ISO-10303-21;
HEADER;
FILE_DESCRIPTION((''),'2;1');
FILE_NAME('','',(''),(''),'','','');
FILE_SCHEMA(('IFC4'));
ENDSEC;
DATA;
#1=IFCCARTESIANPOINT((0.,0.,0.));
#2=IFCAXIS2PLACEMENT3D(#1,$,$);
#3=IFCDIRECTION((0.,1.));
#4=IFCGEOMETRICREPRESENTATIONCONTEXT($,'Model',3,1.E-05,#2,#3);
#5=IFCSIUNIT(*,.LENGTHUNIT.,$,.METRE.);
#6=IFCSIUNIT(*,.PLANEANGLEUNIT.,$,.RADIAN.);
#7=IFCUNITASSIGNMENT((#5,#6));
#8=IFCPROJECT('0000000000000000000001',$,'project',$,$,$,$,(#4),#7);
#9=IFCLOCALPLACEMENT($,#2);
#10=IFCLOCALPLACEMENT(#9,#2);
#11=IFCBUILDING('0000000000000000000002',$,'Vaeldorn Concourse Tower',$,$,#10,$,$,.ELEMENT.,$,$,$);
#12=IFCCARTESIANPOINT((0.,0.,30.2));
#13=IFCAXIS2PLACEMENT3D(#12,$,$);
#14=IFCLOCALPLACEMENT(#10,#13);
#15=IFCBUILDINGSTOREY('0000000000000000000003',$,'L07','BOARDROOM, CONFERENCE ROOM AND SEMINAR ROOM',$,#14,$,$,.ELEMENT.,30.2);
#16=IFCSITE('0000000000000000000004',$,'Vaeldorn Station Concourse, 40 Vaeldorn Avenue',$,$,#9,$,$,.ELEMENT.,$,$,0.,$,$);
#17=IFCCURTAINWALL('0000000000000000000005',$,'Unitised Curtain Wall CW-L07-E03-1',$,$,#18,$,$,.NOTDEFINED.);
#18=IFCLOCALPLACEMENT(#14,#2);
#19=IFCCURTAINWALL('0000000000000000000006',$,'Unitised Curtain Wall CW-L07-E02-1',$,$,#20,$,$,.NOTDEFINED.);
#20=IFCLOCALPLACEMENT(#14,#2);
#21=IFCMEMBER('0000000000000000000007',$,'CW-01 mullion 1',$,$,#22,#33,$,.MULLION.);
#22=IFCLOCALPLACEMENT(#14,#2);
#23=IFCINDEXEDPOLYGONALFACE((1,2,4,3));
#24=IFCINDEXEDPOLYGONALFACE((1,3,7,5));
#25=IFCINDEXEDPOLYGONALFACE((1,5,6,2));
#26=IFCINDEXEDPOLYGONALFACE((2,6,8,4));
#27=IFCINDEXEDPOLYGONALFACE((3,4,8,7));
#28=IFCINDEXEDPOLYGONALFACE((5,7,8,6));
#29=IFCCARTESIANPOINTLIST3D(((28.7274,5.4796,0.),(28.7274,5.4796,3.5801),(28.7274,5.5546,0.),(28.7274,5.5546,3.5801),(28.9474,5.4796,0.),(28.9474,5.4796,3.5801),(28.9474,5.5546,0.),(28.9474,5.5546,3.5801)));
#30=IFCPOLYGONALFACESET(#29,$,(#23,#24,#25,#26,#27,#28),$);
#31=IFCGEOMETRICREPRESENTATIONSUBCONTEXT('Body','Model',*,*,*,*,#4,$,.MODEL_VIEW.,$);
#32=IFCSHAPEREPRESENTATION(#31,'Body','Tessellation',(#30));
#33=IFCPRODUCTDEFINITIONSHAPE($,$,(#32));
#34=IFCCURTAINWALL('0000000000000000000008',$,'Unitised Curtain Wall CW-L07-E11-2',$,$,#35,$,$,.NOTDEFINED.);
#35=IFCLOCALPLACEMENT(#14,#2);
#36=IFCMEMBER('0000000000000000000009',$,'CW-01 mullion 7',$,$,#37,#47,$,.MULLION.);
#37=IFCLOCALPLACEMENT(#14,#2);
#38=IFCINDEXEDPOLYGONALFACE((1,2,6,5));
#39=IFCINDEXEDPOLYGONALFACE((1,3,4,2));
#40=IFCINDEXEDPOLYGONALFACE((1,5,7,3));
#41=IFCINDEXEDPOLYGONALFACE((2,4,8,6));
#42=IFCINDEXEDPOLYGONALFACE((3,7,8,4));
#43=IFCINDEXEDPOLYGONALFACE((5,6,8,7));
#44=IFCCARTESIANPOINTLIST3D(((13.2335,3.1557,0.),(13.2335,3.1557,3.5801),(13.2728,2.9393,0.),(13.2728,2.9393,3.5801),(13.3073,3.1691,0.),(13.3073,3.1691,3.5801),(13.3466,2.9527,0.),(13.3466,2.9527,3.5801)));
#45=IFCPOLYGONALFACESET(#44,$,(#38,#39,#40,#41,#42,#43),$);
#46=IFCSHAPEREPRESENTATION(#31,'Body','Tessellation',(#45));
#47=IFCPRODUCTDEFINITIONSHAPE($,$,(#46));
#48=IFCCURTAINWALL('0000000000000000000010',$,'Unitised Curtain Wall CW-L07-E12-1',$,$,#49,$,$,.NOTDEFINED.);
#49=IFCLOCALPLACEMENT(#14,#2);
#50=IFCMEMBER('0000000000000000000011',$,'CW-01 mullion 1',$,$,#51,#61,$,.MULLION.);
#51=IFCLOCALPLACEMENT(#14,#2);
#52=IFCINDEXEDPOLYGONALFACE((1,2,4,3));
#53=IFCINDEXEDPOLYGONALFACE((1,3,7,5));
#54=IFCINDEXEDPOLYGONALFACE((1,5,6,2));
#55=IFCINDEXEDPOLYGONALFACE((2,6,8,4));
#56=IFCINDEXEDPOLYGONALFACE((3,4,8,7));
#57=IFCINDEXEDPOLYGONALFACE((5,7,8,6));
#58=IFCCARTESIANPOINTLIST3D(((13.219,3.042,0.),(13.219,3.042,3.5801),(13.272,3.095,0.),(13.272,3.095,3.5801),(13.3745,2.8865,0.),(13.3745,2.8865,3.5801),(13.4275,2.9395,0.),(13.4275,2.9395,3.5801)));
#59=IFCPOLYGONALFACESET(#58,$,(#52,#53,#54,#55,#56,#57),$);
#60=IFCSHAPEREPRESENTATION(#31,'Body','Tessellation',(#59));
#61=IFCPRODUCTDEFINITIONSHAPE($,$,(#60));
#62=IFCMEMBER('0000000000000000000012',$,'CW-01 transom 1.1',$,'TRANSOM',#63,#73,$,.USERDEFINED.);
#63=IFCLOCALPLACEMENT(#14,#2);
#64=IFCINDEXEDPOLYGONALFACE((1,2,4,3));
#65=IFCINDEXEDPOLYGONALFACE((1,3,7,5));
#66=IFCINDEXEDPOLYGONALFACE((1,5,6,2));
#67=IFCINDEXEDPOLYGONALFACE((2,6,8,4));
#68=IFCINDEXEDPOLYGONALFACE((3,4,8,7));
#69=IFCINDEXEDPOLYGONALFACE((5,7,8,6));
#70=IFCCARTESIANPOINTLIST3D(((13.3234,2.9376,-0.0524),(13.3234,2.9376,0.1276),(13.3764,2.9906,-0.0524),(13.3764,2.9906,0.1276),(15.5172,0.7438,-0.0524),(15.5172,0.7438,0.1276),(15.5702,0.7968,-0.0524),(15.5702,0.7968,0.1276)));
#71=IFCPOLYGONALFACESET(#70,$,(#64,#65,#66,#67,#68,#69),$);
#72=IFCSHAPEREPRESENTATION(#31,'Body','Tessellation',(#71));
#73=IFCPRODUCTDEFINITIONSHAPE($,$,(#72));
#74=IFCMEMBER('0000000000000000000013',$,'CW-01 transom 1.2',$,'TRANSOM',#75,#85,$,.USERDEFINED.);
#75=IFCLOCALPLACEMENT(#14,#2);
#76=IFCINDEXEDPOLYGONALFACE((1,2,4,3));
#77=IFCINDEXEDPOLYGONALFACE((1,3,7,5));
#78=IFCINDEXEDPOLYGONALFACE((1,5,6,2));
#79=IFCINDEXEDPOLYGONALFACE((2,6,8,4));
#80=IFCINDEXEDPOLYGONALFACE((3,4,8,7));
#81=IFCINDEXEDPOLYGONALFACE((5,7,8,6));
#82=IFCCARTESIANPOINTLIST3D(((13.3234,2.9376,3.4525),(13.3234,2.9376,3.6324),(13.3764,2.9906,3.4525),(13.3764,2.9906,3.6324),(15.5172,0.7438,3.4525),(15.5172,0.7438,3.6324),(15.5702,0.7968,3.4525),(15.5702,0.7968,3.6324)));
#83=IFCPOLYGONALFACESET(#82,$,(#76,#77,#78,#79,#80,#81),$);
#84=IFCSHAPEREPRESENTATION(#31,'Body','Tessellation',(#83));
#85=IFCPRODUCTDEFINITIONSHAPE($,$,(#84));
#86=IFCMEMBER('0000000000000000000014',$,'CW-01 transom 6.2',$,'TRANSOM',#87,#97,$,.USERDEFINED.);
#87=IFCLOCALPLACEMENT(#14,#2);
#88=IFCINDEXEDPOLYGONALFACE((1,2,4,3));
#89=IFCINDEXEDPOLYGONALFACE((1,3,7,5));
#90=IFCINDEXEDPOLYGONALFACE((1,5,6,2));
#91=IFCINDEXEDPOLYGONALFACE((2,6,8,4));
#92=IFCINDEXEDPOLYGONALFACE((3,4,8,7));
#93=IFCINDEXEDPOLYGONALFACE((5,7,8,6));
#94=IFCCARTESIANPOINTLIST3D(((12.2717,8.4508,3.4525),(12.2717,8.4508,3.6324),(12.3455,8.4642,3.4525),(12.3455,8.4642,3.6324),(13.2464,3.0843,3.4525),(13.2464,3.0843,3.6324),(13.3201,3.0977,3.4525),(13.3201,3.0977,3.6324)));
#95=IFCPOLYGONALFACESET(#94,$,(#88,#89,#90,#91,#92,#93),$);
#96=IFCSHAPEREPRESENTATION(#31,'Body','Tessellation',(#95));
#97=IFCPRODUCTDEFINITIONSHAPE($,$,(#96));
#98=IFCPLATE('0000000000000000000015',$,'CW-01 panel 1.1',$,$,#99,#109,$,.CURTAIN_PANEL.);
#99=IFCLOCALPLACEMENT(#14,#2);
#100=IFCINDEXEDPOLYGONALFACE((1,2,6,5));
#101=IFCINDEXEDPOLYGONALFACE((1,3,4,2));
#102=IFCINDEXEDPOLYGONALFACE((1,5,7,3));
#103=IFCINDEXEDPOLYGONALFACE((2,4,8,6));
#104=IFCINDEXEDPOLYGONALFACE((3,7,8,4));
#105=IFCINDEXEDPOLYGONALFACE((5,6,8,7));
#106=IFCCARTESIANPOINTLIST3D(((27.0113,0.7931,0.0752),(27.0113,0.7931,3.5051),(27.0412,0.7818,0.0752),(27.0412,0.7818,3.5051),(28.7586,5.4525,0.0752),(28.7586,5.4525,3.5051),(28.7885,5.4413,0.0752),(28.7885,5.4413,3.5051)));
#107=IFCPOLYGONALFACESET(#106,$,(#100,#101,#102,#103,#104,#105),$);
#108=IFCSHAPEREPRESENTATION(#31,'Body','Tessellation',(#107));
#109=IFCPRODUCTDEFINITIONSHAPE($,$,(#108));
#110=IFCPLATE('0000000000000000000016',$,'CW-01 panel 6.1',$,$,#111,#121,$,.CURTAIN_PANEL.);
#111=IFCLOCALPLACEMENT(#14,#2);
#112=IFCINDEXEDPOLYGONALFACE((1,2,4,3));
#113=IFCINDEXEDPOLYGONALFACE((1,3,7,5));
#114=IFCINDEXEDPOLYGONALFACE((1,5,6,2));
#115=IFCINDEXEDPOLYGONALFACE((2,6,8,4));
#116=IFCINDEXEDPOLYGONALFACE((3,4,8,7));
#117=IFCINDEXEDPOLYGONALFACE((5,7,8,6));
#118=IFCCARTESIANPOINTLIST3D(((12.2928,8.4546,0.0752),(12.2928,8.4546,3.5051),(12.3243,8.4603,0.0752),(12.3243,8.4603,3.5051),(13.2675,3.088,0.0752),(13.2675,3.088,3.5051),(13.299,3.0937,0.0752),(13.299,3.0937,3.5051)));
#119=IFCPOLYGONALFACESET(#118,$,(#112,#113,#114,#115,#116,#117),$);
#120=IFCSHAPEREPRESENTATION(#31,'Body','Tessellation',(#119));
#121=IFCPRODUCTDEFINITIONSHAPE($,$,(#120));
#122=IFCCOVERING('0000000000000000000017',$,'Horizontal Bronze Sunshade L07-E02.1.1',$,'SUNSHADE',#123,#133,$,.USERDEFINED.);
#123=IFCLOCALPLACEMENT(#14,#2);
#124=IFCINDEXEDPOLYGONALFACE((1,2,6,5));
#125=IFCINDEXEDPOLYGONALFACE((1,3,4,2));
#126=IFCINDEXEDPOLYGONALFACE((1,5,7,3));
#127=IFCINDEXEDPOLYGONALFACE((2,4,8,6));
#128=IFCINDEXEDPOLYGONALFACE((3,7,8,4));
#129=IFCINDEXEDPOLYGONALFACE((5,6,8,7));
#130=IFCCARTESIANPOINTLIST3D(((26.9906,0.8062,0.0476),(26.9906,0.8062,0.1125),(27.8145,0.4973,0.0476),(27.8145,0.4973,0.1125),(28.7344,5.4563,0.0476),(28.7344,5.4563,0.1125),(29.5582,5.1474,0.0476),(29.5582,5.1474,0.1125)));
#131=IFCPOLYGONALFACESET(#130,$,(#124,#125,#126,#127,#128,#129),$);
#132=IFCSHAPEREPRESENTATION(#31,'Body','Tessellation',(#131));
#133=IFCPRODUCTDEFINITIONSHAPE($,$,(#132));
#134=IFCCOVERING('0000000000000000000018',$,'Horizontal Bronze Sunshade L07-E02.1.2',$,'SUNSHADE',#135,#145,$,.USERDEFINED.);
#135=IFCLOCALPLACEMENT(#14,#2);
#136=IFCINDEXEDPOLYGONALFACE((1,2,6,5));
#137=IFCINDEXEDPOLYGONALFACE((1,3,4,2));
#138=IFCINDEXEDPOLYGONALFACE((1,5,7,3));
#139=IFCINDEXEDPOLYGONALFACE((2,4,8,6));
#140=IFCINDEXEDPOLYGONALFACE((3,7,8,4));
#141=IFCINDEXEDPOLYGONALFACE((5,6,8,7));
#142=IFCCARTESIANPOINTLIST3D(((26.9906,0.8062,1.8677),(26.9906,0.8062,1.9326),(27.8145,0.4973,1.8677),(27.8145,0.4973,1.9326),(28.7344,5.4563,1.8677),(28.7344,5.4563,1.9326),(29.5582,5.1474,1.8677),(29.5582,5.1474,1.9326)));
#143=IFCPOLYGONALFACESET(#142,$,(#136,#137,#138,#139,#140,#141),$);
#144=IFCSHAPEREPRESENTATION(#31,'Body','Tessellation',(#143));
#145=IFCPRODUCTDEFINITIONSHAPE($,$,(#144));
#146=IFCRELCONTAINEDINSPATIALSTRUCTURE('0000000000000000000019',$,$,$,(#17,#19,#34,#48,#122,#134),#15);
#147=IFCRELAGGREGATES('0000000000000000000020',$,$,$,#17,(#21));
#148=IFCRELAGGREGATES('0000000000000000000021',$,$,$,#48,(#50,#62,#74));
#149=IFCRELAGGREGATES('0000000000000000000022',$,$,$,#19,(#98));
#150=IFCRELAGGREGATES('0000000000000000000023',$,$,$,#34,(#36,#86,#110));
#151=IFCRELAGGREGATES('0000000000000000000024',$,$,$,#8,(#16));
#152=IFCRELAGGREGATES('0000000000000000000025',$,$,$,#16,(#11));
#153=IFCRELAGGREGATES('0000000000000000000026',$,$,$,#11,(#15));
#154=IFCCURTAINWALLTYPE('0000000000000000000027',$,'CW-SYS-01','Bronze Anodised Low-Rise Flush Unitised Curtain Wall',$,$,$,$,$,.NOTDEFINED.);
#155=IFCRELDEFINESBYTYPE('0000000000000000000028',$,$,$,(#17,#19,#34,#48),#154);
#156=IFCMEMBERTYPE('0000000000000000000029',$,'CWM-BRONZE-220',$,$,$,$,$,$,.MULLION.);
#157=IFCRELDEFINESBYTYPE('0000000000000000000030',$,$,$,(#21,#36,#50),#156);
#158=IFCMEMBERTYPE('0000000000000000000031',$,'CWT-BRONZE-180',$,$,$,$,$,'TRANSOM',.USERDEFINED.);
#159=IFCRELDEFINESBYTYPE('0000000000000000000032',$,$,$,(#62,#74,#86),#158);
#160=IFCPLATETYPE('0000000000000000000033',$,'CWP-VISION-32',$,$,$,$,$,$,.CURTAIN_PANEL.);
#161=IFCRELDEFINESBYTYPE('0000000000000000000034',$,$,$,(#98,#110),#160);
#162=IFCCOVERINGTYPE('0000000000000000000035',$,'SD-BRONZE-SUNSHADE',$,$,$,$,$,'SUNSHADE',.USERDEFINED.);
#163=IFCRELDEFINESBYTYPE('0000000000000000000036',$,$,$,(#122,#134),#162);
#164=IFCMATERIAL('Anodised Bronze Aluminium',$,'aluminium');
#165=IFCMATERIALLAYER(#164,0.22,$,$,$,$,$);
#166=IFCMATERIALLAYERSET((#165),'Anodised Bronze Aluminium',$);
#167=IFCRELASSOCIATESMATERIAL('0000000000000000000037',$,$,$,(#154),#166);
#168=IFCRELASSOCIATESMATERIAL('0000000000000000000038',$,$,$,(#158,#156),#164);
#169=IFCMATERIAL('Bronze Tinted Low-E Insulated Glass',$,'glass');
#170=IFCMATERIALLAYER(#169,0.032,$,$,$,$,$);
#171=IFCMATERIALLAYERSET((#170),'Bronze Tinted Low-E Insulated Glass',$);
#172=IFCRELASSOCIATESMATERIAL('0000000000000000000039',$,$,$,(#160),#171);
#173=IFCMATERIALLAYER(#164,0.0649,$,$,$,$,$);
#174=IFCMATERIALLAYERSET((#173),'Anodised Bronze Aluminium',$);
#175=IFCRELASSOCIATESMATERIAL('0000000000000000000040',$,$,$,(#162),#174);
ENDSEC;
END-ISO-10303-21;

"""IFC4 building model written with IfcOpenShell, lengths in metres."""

from ifc_helpers import new_model, si_unit, direction, frame, origin, origin_2d, place, context, subcontext, project, spatial, rectangle, extrude, source, transform, mapped, material, layer, layer_set, material_profile, profile_set, type_object, element, aggregate, save


model = new_model("IFC4")

# Units and contexts
model_context = context("Model", 3, precision=1e-05, world=origin(), true_north=direction((0.0, 1.0)))
body_context = subcontext(model_context, "Body", "Model", "MODEL_VIEW")
ifc_project = project(units=[si_unit("LENGTHUNIT", "METRE"), si_unit("PLANEANGLEUNIT", "RADIAN")], contexts=[model_context])

# Site, building, storey
site_placement = place(None, origin())
site = spatial("IfcSite", under=ifc_project, at=site_placement, Name="Vaeldorn Station Concourse, 40 Vaeldorn Avenue", CompositionType="ELEMENT", RefElevation=0.0)
building_placement = place(site_placement, origin())
building = spatial("IfcBuilding", under=site, at=building_placement, Name="Vaeldorn Concourse Tower", CompositionType="ELEMENT")
storey_placement = place(building_placement, frame((0.0, 0.0, 30.2)))
storey = spatial("IfcBuildingStorey", under=building, at=storey_placement, Name="L07", Description="BOARDROOM, CONFERENCE ROOM AND SEMINAR ROOM", CompositionType="ELEMENT", Elevation=30.2)

# Curtain wall
ifc_material_1 = material(Name="Anodised Bronze Aluminium", Category="aluminium")
ifc_layer_1 = layer(ifc_material_1, 0.22)
ifc_layer_set_1 = layer_set([ifc_layer_1], Name="Anodised Bronze Aluminium")
curtain_wall_type = type_object("IfcCurtainWallType", Name="CW-SYS-01", Description="Bronze Anodised Low-Rise Flush Unitised Curtain Wall", PredefinedType="NOTDEFINED", material=ifc_layer_set_1)
curtain_wall_1_placement = place(storey_placement, origin())
curtain_wall_1 = element("IfcCurtainWall", 1, at=curtain_wall_1_placement, inside=storey, type_object=curtain_wall_type, Name="Unitised Curtain Wall CW-L07-E03-1", PredefinedType="NOTDEFINED")
ifc_material_profile_1 = material_profile(ifc_material_1, rectangle(XDim=0.075, YDim=0.1799, at=origin_2d()), Name="CWT 75x180")
ifc_profile_set_1 = profile_set([ifc_material_profile_1], Name="Anodised Bronze Aluminium")
member_type_1 = type_object("IfcMemberType", Name="CWT-BRONZE-180", ElementType="TRANSOM", PredefinedType="USERDEFINED", material=ifc_profile_set_1)

# Curtain wall
curtain_wall_2_placement = place(storey_placement, origin())
curtain_wall_2 = element("IfcCurtainWall", 2, at=curtain_wall_2_placement, inside=storey, type_object=curtain_wall_type, Name="Unitised Curtain Wall CW-L07-E02-1", PredefinedType="NOTDEFINED")
ifc_material_profile_2 = material_profile(ifc_material_1, rectangle(XDim=0.075, YDim=0.22, at=origin_2d()), Name="CWM 75x220")
ifc_profile_set_2 = profile_set([ifc_material_profile_2], Name="Anodised Bronze Aluminium")
member_type_2 = type_object("IfcMemberType", Name="CWM-BRONZE-220", PredefinedType="MULLION", material=ifc_profile_set_2)
shared_shape_1 = source(origin(), body_context, "Body", "SweptSolid", [
    extrude(rectangle(XDim=0.075, YDim=0.22, at=origin_2d()), origin(), (0.0, 0.0, 1.0), 3.5801),
])

# Member
member_1_placement = place(storey_placement, frame((28.8374, 5.5171, 0.0), z_axis=(0.0, 0.0, 1.0), x_axis=(0.0, 1.0, 0.0)))
member_1 = element("IfcMember", 3, at=member_1_placement, type_object=member_type_2, Name="CW-01 mullion 1", PredefinedType="MULLION", context=body_context, shape_type="MappedRepresentation", body=[
    mapped(shared_shape_1, transform((0.0, 0.0, 0.0), scale=1.0)),
])
aggregate(curtain_wall_1, [member_1])

# Curtain wall, member
curtain_wall_3_placement = place(storey_placement, origin())
curtain_wall_3 = element("IfcCurtainWall", 4, at=curtain_wall_3_placement, inside=storey, type_object=curtain_wall_type, Name="Unitised Curtain Wall CW-L07-E11-2", PredefinedType="NOTDEFINED")
member_2_placement = place(storey_placement, frame((13.29, 3.0542, 0.0), z_axis=(0.0, 0.0, 1.0), x_axis=(0.983905, 0.178693, 0.0)))
member_2 = element("IfcMember", 5, at=member_2_placement, type_object=member_type_2, Name="CW-01 mullion 7", PredefinedType="MULLION", context=body_context, shape_type="MappedRepresentation", body=[
    mapped(shared_shape_1, transform((0.0, 0.0, 0.0), scale=1.0)),
])

# Curtain wall, members
curtain_wall_4_placement = place(storey_placement, origin())
curtain_wall_4 = element("IfcCurtainWall", 6, at=curtain_wall_4_placement, inside=storey, type_object=curtain_wall_type, Name="Unitised Curtain Wall CW-L07-E12-1", PredefinedType="NOTDEFINED")
member_3_placement = place(storey_placement, frame((13.3232, 2.9907, 0.0), z_axis=(0.0, 0.0, 1.0), x_axis=(0.707107, 0.707107, 0.0)))
member_3 = element("IfcMember", 7, at=member_3_placement, type_object=member_type_2, Name="CW-01 mullion 1", PredefinedType="MULLION", context=body_context, shape_type="MappedRepresentation", body=[
    mapped(shared_shape_1, transform((0.0, 0.0, 0.0), scale=1.0)),
])
shared_shape_2 = source(origin(), body_context, "Body", "SweptSolid", [
    extrude(rectangle(XDim=0.075, YDim=0.1799, at=origin_2d()), origin(), (0.0, 0.0, 1.0), 3.1025),
])
member_4_placement = place(storey_placement, frame((13.3499, 2.9641, 0.0376), z_axis=(0.707107, -0.707107, 0.0), x_axis=(0.707107, 0.707107, 0.0)))
member_4 = element("IfcMember", 8, at=member_4_placement, type_object=member_type_1, Name="CW-01 transom 1.1", ObjectType="TRANSOM", PredefinedType="USERDEFINED", context=body_context, shape_type="MappedRepresentation", body=[
    mapped(shared_shape_2, transform((0.0, 0.0, 0.0), scale=1.0)),
])
member_5_placement = place(storey_placement, frame((13.3499, 2.9641, 3.5425), z_axis=(0.707107, -0.707107, 0.0), x_axis=(0.707107, 0.707107, 0.0)))
member_5 = element("IfcMember", 9, at=member_5_placement, type_object=member_type_1, Name="CW-01 transom 1.2", ObjectType="TRANSOM", PredefinedType="USERDEFINED", context=body_context, shape_type="MappedRepresentation", body=[
    mapped(shared_shape_2, transform((0.0, 0.0, 0.0), scale=1.0)),
])
aggregate(curtain_wall_4, [member_3, member_4, member_5])

# Member
shared_shape_3 = source(origin(), body_context, "Body", "SweptSolid", [
    extrude(rectangle(XDim=0.075, YDim=0.1799, at=origin_2d()), origin(), (0.0, 0.0, 1.0), 5.4543),
])
member_6_placement = place(storey_placement, frame((12.3086, 8.4575, 3.5425), z_axis=(0.178688, -0.983906, 0.0), x_axis=(0.983906, 0.178688, 0.0)))
member_6 = element("IfcMember", 10, at=member_6_placement, type_object=member_type_1, Name="CW-01 transom 6.2", ObjectType="TRANSOM", PredefinedType="USERDEFINED", context=body_context, shape_type="MappedRepresentation", body=[
    mapped(shared_shape_3, transform((0.0, 0.0, 0.0), scale=1.0)),
])

# Plates
ifc_material_2 = material(Name="Bronze Tinted Low-E Insulated Glass", Category="glass")
ifc_layer_2 = layer(ifc_material_2, 0.032)
ifc_layer_set_2 = layer_set([ifc_layer_2], Name="Bronze Tinted Low-E Insulated Glass")
plate_type = type_object("IfcPlateType", Name="CWP-VISION-32", PredefinedType="CURTAIN_PANEL", material=ifc_layer_set_2)
shared_shape_4 = source(origin(), body_context, "Body", "SweptSolid", [
    extrude(rectangle(XDim=4.9763, YDim=0.032, at=origin_2d()), origin(), (0.0, 0.0, 1.0), 3.4299),
])
plate_1_placement = place(storey_placement, frame((27.8999, 3.1172, 0.0752), z_axis=(0.0, 0.0, 1.0), x_axis=(0.351123, 0.936329, 0.0)))
plate_1 = element("IfcPlate", 11, at=plate_1_placement, type_object=plate_type, Name="CW-01 panel 1.1", PredefinedType="CURTAIN_PANEL", context=body_context, shape_type="MappedRepresentation", body=[
    mapped(shared_shape_4, transform((0.0, 0.0, 0.0), scale=1.0)),
])
aggregate(curtain_wall_2, [plate_1])
shared_shape_5 = source(origin(), body_context, "Body", "SweptSolid", [
    extrude(rectangle(XDim=5.4543, YDim=0.032, at=origin_2d()), origin(), (0.0, 0.0, 1.0), 3.4299),
])
plate_2_placement = place(storey_placement, frame((12.7959, 5.7742, 0.0752), z_axis=(0.0, 0.0, 1.0), x_axis=(0.178693, -0.983905, 0.0)))
plate_2 = element("IfcPlate", 12, at=plate_2_placement, type_object=plate_type, Name="CW-01 panel 6.1", PredefinedType="CURTAIN_PANEL", context=body_context, shape_type="MappedRepresentation", body=[
    mapped(shared_shape_5, transform((0.0, 0.0, 0.0), scale=1.0)),
])
aggregate(curtain_wall_3, [member_2, member_6, plate_2])

# Coverings
ifc_layer_3 = layer(ifc_material_1, 0.0649)
ifc_layer_set_3 = layer_set([ifc_layer_3], Name="Anodised Bronze Aluminium")
covering_type = type_object("IfcCoveringType", Name="SD-BRONZE-SUNSHADE", ElementType="SUNSHADE", PredefinedType="USERDEFINED", material=ifc_layer_set_3)
shared_shape_6 = source(origin(), body_context, "Body", "SweptSolid", [
    extrude(rectangle(XDim=4.9663, YDim=0.8799, at=origin_2d()), origin(), (0.0, 0.0, 1.0), 0.0649),
])
for number, where, z_axis, x_axis, name in (
    (13, (28.2744, 2.9768, 0.0476), (0.0, 0.0, 1.0), (0.351123, 0.936329, 0.0), "Horizontal Bronze Sunshade L07-E02.1.1"),
    (14, (28.2744, 2.9768, 1.8677), (0.0, 0.0, 1.0), (0.351123, 0.936329, 0.0), "Horizontal Bronze Sunshade L07-E02.1.2"),
):
    element("IfcCovering", number, at=place(storey_placement, frame(where, z_axis=z_axis, x_axis=x_axis)), inside=storey, type_object=covering_type, Name=name, ObjectType="SUNSHADE", PredefinedType="USERDEFINED", context=body_context, shape_type="MappedRepresentation", body=[
        mapped(shared_shape_6, transform((0.0, 0.0, 0.0), scale=1.0)),
    ])

save(model, "model.ifc")
